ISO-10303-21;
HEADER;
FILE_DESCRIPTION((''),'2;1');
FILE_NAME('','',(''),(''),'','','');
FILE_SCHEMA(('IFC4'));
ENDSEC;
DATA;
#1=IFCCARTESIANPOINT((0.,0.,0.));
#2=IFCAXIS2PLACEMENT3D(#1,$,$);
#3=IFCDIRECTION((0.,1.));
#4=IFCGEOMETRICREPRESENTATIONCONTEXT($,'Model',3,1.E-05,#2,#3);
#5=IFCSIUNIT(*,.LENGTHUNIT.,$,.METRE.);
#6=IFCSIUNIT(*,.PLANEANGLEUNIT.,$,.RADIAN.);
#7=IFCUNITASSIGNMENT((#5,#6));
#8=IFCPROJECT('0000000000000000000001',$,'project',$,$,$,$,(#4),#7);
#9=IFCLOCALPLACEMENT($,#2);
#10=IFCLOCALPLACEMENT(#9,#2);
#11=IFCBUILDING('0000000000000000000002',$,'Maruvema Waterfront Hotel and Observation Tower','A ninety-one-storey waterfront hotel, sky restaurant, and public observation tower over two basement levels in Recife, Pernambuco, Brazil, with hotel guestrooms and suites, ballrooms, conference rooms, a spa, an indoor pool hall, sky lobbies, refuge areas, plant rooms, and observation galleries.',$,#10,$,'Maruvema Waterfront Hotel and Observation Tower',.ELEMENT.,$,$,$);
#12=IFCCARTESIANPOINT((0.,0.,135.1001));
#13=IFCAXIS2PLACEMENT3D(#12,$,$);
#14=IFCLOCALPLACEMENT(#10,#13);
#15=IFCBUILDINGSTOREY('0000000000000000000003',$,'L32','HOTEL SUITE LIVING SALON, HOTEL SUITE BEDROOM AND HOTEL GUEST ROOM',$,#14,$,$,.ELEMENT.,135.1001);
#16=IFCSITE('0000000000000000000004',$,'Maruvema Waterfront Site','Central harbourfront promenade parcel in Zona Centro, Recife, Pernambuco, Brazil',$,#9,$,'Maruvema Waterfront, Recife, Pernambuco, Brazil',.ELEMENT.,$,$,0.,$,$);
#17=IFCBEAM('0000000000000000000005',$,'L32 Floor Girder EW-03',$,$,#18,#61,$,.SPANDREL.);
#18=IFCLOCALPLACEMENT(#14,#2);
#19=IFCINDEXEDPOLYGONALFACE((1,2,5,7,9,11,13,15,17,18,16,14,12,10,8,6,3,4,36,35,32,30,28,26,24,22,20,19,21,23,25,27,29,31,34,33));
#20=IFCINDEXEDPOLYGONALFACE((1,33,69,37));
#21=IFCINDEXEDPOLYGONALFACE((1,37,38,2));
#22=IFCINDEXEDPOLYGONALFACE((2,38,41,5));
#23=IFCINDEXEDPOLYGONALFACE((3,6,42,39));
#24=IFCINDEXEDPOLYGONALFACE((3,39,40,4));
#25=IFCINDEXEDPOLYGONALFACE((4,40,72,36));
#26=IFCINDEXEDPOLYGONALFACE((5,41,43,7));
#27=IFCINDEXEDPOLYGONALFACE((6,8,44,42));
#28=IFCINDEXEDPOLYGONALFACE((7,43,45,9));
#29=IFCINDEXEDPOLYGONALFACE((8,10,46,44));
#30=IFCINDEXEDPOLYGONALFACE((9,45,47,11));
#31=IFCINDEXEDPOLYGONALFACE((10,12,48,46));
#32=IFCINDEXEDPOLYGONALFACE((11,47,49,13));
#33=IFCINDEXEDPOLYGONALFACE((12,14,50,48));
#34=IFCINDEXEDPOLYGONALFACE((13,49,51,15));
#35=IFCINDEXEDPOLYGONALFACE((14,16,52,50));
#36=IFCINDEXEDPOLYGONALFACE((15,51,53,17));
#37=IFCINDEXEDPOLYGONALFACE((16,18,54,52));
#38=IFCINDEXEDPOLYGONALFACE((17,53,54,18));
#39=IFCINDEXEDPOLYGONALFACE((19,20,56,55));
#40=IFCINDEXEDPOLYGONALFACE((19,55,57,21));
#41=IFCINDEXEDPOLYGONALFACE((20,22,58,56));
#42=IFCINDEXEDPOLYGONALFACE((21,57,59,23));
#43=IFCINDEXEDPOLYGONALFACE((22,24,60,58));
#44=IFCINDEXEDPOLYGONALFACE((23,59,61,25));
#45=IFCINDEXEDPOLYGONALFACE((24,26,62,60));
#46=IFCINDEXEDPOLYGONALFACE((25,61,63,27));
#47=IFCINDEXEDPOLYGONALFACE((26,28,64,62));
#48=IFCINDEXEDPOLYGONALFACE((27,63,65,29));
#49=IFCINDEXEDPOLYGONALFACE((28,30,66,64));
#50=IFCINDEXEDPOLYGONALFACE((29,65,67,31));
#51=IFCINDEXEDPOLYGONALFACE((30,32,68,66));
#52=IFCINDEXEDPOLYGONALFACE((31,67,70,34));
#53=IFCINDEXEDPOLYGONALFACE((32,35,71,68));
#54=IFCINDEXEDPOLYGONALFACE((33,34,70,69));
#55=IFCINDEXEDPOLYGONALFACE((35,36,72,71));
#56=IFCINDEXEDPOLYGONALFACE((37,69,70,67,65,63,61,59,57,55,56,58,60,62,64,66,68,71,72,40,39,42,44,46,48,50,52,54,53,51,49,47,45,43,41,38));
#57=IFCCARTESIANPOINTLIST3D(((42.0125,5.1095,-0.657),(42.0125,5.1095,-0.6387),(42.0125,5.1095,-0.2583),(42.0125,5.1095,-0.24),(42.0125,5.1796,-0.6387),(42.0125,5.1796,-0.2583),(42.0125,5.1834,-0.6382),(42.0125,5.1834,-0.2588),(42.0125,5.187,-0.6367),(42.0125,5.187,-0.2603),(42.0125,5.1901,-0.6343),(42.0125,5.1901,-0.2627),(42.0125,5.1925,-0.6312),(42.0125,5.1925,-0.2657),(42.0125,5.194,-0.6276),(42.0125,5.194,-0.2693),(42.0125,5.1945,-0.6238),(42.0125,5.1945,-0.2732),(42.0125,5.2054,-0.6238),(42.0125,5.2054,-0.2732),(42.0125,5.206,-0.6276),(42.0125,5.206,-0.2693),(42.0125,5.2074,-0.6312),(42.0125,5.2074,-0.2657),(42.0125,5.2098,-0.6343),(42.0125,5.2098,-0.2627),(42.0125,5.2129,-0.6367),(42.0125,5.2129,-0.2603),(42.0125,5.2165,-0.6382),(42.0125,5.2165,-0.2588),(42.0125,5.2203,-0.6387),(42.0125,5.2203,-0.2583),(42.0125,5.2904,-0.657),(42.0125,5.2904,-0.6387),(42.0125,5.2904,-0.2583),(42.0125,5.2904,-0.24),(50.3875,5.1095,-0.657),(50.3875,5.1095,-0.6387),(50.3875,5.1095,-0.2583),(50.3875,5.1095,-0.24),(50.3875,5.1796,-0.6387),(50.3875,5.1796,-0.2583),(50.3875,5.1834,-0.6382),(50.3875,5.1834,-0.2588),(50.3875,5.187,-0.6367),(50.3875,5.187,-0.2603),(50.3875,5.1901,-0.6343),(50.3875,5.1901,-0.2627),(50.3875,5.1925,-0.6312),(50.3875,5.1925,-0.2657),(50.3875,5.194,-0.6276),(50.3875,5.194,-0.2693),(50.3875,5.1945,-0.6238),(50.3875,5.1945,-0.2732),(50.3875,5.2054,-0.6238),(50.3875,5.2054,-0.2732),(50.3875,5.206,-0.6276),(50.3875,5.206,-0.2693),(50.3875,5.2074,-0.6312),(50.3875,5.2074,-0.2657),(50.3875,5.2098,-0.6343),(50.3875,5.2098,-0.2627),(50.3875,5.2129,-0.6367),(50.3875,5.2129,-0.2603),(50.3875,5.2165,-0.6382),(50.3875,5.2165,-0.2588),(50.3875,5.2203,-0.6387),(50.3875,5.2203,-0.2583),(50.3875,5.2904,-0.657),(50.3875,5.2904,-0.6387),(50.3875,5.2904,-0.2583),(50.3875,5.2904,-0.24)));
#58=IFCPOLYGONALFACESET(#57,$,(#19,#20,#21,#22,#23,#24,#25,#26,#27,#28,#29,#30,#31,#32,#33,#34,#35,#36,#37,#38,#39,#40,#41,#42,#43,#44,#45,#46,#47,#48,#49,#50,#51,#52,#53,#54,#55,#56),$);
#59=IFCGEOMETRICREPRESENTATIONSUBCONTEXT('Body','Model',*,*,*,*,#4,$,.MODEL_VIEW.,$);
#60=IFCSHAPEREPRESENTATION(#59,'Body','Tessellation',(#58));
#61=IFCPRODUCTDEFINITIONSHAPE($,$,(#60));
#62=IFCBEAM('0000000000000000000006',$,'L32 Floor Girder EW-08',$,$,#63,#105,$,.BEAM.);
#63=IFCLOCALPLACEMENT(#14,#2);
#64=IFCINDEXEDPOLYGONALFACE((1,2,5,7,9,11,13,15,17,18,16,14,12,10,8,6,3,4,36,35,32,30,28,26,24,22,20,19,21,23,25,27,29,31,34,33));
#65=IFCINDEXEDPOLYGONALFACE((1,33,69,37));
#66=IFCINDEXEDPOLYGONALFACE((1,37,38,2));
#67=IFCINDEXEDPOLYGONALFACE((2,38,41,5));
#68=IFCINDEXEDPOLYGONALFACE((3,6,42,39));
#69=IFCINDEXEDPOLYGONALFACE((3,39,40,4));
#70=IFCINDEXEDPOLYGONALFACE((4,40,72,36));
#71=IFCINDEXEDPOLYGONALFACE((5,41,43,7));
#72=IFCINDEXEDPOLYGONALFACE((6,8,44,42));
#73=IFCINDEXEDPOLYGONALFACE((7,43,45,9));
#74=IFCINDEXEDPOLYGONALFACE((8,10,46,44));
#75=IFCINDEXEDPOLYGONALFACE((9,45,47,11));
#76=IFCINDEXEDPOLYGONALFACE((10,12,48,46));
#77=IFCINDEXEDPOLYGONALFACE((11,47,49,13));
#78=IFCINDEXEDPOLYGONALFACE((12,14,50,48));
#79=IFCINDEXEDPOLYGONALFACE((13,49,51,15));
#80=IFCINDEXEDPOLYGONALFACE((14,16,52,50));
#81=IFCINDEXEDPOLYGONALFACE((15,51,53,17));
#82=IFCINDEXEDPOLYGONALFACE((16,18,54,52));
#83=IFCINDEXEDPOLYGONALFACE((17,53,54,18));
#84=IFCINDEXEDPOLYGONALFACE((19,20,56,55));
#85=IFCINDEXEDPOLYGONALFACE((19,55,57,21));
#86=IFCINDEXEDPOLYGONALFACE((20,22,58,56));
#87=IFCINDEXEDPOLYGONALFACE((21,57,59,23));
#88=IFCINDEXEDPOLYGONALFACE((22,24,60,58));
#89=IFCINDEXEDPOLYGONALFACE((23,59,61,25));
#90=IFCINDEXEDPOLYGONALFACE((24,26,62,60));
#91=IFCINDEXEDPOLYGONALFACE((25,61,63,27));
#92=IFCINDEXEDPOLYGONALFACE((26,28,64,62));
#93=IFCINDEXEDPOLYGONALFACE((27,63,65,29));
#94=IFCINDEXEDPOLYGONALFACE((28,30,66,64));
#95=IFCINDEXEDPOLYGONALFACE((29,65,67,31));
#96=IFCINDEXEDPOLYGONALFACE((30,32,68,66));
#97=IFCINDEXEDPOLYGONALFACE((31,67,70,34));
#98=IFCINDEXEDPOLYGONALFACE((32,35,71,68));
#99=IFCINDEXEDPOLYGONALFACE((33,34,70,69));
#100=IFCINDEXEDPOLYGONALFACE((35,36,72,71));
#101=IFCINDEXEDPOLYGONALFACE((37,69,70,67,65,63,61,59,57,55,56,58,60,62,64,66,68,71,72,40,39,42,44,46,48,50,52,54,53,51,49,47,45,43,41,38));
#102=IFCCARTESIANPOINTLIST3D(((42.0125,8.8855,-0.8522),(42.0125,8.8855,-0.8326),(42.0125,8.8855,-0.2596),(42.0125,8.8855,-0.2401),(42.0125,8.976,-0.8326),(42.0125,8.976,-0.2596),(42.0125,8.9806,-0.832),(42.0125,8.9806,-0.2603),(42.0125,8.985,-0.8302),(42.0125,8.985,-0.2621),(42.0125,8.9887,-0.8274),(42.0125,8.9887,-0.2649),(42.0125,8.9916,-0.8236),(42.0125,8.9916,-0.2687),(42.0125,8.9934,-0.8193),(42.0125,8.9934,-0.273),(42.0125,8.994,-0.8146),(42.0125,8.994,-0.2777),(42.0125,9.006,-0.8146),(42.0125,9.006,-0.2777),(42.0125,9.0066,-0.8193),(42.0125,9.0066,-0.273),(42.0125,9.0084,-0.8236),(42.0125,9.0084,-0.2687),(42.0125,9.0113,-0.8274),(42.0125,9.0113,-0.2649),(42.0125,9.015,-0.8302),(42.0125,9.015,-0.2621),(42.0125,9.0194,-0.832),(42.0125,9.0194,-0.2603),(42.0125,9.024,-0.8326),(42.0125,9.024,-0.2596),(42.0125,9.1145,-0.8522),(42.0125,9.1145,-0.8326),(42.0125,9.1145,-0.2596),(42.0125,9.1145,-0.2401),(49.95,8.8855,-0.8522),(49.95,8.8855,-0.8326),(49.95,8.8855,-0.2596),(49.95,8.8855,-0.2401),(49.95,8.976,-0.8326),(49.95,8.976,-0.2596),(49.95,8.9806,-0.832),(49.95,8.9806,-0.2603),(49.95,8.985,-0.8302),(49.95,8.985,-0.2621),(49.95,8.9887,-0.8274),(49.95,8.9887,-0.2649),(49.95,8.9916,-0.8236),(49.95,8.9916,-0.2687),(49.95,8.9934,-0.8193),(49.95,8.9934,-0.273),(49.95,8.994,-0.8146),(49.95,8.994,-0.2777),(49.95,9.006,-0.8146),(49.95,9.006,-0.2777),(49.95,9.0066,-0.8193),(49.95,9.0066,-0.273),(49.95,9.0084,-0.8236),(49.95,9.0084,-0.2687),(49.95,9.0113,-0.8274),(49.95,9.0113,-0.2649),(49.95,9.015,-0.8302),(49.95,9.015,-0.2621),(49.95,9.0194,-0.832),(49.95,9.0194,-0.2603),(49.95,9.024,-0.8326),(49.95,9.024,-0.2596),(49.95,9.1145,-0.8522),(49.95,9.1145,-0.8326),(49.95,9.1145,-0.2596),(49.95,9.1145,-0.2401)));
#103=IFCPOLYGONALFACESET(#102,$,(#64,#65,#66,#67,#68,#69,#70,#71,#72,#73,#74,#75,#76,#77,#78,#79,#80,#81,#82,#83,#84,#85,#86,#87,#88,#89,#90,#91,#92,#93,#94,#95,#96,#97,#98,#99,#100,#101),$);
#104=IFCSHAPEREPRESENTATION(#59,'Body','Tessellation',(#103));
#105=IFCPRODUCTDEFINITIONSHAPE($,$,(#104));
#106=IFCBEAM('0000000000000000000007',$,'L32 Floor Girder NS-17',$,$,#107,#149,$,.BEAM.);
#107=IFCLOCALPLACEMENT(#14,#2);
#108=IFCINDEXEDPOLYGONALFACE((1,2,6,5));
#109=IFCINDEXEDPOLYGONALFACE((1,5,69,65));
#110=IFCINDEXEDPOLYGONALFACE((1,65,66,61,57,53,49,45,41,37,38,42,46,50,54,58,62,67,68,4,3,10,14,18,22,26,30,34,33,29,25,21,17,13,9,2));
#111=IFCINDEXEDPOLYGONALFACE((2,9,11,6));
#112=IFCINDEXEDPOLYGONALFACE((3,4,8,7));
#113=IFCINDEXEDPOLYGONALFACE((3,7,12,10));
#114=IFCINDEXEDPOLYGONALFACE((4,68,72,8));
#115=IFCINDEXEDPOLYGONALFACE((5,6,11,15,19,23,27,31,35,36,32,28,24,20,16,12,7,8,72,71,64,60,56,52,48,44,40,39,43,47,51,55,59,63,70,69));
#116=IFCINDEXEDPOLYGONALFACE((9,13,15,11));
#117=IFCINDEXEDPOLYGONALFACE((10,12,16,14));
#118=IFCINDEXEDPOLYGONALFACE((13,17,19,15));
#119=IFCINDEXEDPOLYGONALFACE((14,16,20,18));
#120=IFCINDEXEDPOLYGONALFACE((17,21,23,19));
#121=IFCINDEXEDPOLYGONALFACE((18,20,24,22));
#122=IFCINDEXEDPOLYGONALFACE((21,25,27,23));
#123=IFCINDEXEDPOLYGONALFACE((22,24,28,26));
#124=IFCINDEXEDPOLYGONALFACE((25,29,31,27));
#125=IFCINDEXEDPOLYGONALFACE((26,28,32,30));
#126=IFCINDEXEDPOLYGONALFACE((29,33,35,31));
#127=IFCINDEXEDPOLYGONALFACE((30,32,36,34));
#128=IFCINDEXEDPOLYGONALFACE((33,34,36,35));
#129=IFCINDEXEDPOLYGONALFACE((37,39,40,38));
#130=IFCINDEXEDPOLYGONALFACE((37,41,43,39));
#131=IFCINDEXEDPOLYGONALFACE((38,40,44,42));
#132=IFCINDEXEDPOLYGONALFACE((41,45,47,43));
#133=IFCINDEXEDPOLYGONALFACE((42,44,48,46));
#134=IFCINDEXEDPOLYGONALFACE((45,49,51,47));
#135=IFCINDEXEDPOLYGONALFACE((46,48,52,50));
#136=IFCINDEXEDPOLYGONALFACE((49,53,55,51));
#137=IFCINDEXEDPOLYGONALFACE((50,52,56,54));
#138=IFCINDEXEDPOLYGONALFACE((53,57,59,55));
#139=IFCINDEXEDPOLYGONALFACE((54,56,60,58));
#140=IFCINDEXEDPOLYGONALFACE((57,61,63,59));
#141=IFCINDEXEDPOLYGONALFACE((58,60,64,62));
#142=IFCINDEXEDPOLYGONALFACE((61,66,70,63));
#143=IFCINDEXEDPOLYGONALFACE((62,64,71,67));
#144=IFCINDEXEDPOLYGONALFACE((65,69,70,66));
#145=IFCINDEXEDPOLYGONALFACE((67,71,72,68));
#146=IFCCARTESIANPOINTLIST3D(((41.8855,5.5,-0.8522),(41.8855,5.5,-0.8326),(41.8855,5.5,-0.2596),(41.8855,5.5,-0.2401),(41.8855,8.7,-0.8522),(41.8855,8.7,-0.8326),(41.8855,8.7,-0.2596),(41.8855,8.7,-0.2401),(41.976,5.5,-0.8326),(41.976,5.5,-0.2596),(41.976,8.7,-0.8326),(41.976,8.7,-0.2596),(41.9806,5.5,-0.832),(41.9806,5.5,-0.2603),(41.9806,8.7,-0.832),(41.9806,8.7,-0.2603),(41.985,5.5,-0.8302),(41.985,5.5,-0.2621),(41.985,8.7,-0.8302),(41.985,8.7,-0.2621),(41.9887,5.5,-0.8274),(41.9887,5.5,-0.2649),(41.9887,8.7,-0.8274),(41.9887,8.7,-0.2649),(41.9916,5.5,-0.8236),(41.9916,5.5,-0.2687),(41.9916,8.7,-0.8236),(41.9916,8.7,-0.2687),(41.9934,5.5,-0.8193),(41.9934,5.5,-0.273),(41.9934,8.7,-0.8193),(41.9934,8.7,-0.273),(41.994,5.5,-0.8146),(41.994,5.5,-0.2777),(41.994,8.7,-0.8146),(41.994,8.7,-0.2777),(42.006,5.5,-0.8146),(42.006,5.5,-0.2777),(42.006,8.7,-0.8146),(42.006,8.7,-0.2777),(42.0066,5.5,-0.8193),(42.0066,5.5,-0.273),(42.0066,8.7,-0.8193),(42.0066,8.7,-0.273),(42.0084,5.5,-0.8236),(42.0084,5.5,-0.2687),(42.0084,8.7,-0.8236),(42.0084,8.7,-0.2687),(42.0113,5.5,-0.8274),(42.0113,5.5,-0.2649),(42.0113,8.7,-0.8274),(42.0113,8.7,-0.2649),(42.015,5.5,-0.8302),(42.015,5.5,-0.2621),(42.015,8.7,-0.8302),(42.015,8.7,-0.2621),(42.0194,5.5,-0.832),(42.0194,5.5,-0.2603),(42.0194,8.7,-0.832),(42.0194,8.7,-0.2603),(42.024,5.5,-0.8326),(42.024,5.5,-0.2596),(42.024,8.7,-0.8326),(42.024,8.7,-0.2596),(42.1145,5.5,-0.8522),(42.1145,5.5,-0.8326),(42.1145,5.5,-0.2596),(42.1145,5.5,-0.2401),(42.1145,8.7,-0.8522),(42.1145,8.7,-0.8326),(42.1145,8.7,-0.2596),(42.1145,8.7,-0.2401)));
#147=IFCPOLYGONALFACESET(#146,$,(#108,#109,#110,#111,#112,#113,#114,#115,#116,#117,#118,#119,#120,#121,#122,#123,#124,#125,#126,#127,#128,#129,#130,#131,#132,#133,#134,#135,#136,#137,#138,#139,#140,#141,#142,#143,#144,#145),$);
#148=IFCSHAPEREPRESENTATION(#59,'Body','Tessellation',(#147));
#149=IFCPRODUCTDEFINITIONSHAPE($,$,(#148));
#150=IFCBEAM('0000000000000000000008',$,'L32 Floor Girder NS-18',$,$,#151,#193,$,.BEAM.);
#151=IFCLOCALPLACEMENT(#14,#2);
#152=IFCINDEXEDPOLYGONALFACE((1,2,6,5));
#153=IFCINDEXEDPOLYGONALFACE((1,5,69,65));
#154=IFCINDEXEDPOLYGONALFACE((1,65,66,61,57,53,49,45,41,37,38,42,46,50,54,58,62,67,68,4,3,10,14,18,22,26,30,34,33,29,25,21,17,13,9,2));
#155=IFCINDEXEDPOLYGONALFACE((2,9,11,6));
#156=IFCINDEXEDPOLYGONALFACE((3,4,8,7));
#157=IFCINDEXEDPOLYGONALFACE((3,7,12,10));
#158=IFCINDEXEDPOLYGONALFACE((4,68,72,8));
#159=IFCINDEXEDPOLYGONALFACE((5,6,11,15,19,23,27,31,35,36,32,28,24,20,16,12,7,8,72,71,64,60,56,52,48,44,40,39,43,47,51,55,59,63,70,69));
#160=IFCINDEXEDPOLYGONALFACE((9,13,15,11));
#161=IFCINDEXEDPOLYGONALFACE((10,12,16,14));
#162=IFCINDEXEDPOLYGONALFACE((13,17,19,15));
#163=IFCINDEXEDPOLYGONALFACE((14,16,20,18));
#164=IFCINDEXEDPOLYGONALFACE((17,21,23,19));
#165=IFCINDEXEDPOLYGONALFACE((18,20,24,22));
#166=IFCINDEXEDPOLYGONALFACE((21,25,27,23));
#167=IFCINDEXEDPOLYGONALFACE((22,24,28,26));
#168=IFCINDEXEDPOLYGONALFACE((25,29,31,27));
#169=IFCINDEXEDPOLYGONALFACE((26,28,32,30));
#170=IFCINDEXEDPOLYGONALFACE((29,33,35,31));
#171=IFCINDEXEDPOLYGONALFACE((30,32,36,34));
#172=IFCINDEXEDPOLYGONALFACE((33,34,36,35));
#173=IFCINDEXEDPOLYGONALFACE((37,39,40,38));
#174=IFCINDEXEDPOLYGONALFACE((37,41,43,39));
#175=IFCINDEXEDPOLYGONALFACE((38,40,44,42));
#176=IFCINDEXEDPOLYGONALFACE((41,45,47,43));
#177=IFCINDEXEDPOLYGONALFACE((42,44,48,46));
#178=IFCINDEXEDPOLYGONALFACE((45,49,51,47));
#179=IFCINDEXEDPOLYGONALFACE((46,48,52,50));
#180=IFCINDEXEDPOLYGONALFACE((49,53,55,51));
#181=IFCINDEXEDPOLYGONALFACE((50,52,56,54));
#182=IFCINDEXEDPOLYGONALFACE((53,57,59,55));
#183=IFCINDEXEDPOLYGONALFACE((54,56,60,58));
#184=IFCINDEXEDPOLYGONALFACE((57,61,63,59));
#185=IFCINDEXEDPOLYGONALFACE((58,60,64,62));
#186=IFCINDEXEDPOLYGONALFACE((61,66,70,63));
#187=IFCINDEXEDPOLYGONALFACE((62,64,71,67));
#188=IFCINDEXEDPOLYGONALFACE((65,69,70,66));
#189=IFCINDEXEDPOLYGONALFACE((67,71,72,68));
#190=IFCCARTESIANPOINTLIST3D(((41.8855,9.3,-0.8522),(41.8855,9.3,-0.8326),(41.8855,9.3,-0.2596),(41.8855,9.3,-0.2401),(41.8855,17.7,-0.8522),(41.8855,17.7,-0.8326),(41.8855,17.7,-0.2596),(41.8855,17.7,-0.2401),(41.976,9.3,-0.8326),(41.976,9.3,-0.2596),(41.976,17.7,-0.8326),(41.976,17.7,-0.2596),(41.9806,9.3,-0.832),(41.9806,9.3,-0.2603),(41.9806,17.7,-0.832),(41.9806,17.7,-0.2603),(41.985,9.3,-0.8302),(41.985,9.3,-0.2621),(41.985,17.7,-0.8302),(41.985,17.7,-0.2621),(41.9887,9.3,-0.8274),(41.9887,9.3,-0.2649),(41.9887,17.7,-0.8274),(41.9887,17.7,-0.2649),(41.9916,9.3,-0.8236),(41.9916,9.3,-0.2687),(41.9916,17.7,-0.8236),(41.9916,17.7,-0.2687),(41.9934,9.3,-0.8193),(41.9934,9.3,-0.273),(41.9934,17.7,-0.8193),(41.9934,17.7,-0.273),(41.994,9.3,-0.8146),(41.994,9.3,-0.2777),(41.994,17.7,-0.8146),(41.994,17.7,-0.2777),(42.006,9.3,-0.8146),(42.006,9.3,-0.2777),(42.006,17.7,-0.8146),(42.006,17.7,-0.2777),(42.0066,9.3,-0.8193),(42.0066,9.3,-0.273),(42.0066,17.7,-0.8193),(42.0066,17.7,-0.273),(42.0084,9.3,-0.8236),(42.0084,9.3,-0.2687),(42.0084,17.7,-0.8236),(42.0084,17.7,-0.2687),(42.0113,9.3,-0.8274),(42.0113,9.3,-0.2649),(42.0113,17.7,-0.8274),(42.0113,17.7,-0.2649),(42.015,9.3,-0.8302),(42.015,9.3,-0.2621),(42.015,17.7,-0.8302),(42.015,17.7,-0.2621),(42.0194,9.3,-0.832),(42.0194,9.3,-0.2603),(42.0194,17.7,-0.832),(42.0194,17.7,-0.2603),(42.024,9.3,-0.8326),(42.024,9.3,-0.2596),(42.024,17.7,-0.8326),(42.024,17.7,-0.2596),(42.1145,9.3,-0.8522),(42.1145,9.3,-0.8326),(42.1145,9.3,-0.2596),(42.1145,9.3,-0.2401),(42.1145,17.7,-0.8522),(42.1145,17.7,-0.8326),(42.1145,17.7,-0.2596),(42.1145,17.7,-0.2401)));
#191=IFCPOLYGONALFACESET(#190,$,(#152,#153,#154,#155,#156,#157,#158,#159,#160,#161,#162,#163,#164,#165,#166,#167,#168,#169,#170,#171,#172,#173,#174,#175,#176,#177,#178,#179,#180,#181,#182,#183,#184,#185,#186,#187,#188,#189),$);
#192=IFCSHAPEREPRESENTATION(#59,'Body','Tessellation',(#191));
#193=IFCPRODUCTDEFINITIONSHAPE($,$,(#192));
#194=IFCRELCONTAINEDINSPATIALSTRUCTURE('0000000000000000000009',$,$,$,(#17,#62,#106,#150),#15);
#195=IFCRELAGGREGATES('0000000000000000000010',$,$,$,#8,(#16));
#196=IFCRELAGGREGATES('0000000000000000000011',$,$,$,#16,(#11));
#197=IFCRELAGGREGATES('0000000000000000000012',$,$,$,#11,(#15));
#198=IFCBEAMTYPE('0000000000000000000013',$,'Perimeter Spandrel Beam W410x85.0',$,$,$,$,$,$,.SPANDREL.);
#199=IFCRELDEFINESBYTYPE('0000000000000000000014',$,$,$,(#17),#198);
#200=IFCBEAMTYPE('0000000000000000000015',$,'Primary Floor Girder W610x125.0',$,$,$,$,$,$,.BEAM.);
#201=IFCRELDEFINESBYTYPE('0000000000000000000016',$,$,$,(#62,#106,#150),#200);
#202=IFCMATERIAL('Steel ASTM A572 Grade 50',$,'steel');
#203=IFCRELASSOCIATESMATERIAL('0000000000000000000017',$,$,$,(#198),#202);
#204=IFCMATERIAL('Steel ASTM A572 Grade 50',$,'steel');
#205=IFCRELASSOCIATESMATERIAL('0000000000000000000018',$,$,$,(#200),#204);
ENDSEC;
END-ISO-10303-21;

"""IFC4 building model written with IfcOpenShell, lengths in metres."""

from ifc_helpers import new_model, si_unit, direction, frame, origin, origin_2d, place, context, subcontext, project, spatial, i_section, extrude, material, material_profile, profile_set, type_object, element, save


model = new_model("IFC4")

# Units and contexts
model_context = context("Model", 3, precision=1e-05, world=origin(), true_north=direction((0.0, 1.0)))
body_context = subcontext(model_context, "Body", "Model", "MODEL_VIEW")
ifc_project = project(units=[si_unit("LENGTHUNIT", "METRE"), si_unit("PLANEANGLEUNIT", "RADIAN")], contexts=[model_context])

# Site, building, storey
site_placement = place(None, origin())
site = spatial("IfcSite", under=ifc_project, at=site_placement, Name="Maruvema Waterfront Site", Description="Central harbourfront promenade parcel in Zona Centro, Recife, Pernambuco, Brazil", LongName="Maruvema Waterfront, Recife, Pernambuco, Brazil", CompositionType="ELEMENT", RefElevation=0.0)
building_placement = place(site_placement, origin())
building = spatial("IfcBuilding", under=site, at=building_placement, Name="Maruvema Waterfront Hotel and Observation Tower", Description="A ninety-one-storey waterfront hotel, sky restaurant, and public observation tower over two basement levels in Recife, Pernambuco, Brazil, with hotel guestrooms and suites, ballrooms, conference rooms, a spa, an indoor pool hall, sky lobbies, refuge areas, plant rooms, and observation galleries.", LongName="Maruvema Waterfront Hotel and Observation Tower", CompositionType="ELEMENT")
storey_placement = place(building_placement, frame((0.0, 0.0, 135.1001)))
storey = spatial("IfcBuildingStorey", under=building, at=storey_placement, Name="L32", Description="HOTEL SUITE LIVING SALON, HOTEL SUITE BEDROOM AND HOTEL GUEST ROOM", CompositionType="ELEMENT", Elevation=135.1001)

# Beams
ifc_material_1 = material(Name="Steel ASTM A572 Grade 50", Category="steel")
ifc_material_profile_1 = material_profile(ifc_material_1, i_section(OverallWidth=0.1809, OverallDepth=0.417, WebThickness=0.011, FlangeThickness=0.0183, FilletRadius=0.0149, at=origin_2d()), Name="W410x85.0")
ifc_profile_set_1 = profile_set([ifc_material_profile_1], Name="Steel ASTM A572 Grade 50")
beam_type_1 = type_object("IfcBeamType", Name="Perimeter Spandrel Beam W410x85.0", PredefinedType="SPANDREL", material=ifc_profile_set_1)
beam_1_placement = place(storey_placement, frame((42.0125, 5.2, -0.4485), z_axis=(1.0, 0.0, 0.0), x_axis=(0.0, 1.0, 0.0)))
element("IfcBeam", 1, at=beam_1_placement, inside=storey, type_object=beam_type_1, Name="L32 Floor Girder EW-03", PredefinedType="SPANDREL", context=body_context, shape_type="SweptSolid", body=[
    extrude(i_section(OverallWidth=0.1809, OverallDepth=0.417, WebThickness=0.011, FlangeThickness=0.0183, FilletRadius=0.0149, at=origin_2d()), origin(), (0.0, 0.0, 1.0), 8.375),
])
ifc_material_2 = material(Name="Steel ASTM A572 Grade 50", Category="steel")
ifc_material_profile_2 = material_profile(ifc_material_2, i_section(OverallWidth=0.229, OverallDepth=0.6121, WebThickness=0.012, FlangeThickness=0.0195, FilletRadius=0.0181, at=origin_2d()), Name="W610x125.0")
ifc_profile_set_2 = profile_set([ifc_material_profile_2], Name="Steel ASTM A572 Grade 50")
beam_type_2 = type_object("IfcBeamType", Name="Primary Floor Girder W610x125.0", PredefinedType="BEAM", material=ifc_profile_set_2)
beam_2_placement = place(storey_placement, frame((42.0125, 9.0, -0.5461), z_axis=(1.0, 0.0, 0.0), x_axis=(0.0, 1.0, 0.0)))
element("IfcBeam", 2, at=beam_2_placement, inside=storey, type_object=beam_type_2, Name="L32 Floor Girder EW-08", PredefinedType="BEAM", context=body_context, shape_type="SweptSolid", body=[
    extrude(i_section(OverallWidth=0.229, OverallDepth=0.6121, WebThickness=0.012, FlangeThickness=0.0195, FilletRadius=0.0181, at=origin_2d()), origin(), (0.0, 0.0, 1.0), 7.9375),
])
beam_3_placement = place(storey_placement, frame((42.0, 5.5, -0.5461), z_axis=(0.0, 1.0, 0.0), x_axis=(-1.0, 0.0, 0.0)))
element("IfcBeam", 3, at=beam_3_placement, inside=storey, type_object=beam_type_2, Name="L32 Floor Girder NS-17", PredefinedType="BEAM", context=body_context, shape_type="SweptSolid", body=[
    extrude(i_section(OverallWidth=0.229, OverallDepth=0.6121, WebThickness=0.012, FlangeThickness=0.0195, FilletRadius=0.0181, at=origin_2d()), origin(), (0.0, 0.0, 1.0), 3.2),
])
beam_4_placement = place(storey_placement, frame((42.0, 9.3, -0.5461), z_axis=(0.0, 1.0, 0.0), x_axis=(-1.0, 0.0, 0.0)))
element("IfcBeam", 4, at=beam_4_placement, inside=storey, type_object=beam_type_2, Name="L32 Floor Girder NS-18", PredefinedType="BEAM", context=body_context, shape_type="SweptSolid", body=[
    extrude(i_section(OverallWidth=0.229, OverallDepth=0.6121, WebThickness=0.012, FlangeThickness=0.0195, FilletRadius=0.0181, at=origin_2d()), origin(), (0.0, 0.0, 1.0), 8.3999),
])

save(model, "model.ifc")
